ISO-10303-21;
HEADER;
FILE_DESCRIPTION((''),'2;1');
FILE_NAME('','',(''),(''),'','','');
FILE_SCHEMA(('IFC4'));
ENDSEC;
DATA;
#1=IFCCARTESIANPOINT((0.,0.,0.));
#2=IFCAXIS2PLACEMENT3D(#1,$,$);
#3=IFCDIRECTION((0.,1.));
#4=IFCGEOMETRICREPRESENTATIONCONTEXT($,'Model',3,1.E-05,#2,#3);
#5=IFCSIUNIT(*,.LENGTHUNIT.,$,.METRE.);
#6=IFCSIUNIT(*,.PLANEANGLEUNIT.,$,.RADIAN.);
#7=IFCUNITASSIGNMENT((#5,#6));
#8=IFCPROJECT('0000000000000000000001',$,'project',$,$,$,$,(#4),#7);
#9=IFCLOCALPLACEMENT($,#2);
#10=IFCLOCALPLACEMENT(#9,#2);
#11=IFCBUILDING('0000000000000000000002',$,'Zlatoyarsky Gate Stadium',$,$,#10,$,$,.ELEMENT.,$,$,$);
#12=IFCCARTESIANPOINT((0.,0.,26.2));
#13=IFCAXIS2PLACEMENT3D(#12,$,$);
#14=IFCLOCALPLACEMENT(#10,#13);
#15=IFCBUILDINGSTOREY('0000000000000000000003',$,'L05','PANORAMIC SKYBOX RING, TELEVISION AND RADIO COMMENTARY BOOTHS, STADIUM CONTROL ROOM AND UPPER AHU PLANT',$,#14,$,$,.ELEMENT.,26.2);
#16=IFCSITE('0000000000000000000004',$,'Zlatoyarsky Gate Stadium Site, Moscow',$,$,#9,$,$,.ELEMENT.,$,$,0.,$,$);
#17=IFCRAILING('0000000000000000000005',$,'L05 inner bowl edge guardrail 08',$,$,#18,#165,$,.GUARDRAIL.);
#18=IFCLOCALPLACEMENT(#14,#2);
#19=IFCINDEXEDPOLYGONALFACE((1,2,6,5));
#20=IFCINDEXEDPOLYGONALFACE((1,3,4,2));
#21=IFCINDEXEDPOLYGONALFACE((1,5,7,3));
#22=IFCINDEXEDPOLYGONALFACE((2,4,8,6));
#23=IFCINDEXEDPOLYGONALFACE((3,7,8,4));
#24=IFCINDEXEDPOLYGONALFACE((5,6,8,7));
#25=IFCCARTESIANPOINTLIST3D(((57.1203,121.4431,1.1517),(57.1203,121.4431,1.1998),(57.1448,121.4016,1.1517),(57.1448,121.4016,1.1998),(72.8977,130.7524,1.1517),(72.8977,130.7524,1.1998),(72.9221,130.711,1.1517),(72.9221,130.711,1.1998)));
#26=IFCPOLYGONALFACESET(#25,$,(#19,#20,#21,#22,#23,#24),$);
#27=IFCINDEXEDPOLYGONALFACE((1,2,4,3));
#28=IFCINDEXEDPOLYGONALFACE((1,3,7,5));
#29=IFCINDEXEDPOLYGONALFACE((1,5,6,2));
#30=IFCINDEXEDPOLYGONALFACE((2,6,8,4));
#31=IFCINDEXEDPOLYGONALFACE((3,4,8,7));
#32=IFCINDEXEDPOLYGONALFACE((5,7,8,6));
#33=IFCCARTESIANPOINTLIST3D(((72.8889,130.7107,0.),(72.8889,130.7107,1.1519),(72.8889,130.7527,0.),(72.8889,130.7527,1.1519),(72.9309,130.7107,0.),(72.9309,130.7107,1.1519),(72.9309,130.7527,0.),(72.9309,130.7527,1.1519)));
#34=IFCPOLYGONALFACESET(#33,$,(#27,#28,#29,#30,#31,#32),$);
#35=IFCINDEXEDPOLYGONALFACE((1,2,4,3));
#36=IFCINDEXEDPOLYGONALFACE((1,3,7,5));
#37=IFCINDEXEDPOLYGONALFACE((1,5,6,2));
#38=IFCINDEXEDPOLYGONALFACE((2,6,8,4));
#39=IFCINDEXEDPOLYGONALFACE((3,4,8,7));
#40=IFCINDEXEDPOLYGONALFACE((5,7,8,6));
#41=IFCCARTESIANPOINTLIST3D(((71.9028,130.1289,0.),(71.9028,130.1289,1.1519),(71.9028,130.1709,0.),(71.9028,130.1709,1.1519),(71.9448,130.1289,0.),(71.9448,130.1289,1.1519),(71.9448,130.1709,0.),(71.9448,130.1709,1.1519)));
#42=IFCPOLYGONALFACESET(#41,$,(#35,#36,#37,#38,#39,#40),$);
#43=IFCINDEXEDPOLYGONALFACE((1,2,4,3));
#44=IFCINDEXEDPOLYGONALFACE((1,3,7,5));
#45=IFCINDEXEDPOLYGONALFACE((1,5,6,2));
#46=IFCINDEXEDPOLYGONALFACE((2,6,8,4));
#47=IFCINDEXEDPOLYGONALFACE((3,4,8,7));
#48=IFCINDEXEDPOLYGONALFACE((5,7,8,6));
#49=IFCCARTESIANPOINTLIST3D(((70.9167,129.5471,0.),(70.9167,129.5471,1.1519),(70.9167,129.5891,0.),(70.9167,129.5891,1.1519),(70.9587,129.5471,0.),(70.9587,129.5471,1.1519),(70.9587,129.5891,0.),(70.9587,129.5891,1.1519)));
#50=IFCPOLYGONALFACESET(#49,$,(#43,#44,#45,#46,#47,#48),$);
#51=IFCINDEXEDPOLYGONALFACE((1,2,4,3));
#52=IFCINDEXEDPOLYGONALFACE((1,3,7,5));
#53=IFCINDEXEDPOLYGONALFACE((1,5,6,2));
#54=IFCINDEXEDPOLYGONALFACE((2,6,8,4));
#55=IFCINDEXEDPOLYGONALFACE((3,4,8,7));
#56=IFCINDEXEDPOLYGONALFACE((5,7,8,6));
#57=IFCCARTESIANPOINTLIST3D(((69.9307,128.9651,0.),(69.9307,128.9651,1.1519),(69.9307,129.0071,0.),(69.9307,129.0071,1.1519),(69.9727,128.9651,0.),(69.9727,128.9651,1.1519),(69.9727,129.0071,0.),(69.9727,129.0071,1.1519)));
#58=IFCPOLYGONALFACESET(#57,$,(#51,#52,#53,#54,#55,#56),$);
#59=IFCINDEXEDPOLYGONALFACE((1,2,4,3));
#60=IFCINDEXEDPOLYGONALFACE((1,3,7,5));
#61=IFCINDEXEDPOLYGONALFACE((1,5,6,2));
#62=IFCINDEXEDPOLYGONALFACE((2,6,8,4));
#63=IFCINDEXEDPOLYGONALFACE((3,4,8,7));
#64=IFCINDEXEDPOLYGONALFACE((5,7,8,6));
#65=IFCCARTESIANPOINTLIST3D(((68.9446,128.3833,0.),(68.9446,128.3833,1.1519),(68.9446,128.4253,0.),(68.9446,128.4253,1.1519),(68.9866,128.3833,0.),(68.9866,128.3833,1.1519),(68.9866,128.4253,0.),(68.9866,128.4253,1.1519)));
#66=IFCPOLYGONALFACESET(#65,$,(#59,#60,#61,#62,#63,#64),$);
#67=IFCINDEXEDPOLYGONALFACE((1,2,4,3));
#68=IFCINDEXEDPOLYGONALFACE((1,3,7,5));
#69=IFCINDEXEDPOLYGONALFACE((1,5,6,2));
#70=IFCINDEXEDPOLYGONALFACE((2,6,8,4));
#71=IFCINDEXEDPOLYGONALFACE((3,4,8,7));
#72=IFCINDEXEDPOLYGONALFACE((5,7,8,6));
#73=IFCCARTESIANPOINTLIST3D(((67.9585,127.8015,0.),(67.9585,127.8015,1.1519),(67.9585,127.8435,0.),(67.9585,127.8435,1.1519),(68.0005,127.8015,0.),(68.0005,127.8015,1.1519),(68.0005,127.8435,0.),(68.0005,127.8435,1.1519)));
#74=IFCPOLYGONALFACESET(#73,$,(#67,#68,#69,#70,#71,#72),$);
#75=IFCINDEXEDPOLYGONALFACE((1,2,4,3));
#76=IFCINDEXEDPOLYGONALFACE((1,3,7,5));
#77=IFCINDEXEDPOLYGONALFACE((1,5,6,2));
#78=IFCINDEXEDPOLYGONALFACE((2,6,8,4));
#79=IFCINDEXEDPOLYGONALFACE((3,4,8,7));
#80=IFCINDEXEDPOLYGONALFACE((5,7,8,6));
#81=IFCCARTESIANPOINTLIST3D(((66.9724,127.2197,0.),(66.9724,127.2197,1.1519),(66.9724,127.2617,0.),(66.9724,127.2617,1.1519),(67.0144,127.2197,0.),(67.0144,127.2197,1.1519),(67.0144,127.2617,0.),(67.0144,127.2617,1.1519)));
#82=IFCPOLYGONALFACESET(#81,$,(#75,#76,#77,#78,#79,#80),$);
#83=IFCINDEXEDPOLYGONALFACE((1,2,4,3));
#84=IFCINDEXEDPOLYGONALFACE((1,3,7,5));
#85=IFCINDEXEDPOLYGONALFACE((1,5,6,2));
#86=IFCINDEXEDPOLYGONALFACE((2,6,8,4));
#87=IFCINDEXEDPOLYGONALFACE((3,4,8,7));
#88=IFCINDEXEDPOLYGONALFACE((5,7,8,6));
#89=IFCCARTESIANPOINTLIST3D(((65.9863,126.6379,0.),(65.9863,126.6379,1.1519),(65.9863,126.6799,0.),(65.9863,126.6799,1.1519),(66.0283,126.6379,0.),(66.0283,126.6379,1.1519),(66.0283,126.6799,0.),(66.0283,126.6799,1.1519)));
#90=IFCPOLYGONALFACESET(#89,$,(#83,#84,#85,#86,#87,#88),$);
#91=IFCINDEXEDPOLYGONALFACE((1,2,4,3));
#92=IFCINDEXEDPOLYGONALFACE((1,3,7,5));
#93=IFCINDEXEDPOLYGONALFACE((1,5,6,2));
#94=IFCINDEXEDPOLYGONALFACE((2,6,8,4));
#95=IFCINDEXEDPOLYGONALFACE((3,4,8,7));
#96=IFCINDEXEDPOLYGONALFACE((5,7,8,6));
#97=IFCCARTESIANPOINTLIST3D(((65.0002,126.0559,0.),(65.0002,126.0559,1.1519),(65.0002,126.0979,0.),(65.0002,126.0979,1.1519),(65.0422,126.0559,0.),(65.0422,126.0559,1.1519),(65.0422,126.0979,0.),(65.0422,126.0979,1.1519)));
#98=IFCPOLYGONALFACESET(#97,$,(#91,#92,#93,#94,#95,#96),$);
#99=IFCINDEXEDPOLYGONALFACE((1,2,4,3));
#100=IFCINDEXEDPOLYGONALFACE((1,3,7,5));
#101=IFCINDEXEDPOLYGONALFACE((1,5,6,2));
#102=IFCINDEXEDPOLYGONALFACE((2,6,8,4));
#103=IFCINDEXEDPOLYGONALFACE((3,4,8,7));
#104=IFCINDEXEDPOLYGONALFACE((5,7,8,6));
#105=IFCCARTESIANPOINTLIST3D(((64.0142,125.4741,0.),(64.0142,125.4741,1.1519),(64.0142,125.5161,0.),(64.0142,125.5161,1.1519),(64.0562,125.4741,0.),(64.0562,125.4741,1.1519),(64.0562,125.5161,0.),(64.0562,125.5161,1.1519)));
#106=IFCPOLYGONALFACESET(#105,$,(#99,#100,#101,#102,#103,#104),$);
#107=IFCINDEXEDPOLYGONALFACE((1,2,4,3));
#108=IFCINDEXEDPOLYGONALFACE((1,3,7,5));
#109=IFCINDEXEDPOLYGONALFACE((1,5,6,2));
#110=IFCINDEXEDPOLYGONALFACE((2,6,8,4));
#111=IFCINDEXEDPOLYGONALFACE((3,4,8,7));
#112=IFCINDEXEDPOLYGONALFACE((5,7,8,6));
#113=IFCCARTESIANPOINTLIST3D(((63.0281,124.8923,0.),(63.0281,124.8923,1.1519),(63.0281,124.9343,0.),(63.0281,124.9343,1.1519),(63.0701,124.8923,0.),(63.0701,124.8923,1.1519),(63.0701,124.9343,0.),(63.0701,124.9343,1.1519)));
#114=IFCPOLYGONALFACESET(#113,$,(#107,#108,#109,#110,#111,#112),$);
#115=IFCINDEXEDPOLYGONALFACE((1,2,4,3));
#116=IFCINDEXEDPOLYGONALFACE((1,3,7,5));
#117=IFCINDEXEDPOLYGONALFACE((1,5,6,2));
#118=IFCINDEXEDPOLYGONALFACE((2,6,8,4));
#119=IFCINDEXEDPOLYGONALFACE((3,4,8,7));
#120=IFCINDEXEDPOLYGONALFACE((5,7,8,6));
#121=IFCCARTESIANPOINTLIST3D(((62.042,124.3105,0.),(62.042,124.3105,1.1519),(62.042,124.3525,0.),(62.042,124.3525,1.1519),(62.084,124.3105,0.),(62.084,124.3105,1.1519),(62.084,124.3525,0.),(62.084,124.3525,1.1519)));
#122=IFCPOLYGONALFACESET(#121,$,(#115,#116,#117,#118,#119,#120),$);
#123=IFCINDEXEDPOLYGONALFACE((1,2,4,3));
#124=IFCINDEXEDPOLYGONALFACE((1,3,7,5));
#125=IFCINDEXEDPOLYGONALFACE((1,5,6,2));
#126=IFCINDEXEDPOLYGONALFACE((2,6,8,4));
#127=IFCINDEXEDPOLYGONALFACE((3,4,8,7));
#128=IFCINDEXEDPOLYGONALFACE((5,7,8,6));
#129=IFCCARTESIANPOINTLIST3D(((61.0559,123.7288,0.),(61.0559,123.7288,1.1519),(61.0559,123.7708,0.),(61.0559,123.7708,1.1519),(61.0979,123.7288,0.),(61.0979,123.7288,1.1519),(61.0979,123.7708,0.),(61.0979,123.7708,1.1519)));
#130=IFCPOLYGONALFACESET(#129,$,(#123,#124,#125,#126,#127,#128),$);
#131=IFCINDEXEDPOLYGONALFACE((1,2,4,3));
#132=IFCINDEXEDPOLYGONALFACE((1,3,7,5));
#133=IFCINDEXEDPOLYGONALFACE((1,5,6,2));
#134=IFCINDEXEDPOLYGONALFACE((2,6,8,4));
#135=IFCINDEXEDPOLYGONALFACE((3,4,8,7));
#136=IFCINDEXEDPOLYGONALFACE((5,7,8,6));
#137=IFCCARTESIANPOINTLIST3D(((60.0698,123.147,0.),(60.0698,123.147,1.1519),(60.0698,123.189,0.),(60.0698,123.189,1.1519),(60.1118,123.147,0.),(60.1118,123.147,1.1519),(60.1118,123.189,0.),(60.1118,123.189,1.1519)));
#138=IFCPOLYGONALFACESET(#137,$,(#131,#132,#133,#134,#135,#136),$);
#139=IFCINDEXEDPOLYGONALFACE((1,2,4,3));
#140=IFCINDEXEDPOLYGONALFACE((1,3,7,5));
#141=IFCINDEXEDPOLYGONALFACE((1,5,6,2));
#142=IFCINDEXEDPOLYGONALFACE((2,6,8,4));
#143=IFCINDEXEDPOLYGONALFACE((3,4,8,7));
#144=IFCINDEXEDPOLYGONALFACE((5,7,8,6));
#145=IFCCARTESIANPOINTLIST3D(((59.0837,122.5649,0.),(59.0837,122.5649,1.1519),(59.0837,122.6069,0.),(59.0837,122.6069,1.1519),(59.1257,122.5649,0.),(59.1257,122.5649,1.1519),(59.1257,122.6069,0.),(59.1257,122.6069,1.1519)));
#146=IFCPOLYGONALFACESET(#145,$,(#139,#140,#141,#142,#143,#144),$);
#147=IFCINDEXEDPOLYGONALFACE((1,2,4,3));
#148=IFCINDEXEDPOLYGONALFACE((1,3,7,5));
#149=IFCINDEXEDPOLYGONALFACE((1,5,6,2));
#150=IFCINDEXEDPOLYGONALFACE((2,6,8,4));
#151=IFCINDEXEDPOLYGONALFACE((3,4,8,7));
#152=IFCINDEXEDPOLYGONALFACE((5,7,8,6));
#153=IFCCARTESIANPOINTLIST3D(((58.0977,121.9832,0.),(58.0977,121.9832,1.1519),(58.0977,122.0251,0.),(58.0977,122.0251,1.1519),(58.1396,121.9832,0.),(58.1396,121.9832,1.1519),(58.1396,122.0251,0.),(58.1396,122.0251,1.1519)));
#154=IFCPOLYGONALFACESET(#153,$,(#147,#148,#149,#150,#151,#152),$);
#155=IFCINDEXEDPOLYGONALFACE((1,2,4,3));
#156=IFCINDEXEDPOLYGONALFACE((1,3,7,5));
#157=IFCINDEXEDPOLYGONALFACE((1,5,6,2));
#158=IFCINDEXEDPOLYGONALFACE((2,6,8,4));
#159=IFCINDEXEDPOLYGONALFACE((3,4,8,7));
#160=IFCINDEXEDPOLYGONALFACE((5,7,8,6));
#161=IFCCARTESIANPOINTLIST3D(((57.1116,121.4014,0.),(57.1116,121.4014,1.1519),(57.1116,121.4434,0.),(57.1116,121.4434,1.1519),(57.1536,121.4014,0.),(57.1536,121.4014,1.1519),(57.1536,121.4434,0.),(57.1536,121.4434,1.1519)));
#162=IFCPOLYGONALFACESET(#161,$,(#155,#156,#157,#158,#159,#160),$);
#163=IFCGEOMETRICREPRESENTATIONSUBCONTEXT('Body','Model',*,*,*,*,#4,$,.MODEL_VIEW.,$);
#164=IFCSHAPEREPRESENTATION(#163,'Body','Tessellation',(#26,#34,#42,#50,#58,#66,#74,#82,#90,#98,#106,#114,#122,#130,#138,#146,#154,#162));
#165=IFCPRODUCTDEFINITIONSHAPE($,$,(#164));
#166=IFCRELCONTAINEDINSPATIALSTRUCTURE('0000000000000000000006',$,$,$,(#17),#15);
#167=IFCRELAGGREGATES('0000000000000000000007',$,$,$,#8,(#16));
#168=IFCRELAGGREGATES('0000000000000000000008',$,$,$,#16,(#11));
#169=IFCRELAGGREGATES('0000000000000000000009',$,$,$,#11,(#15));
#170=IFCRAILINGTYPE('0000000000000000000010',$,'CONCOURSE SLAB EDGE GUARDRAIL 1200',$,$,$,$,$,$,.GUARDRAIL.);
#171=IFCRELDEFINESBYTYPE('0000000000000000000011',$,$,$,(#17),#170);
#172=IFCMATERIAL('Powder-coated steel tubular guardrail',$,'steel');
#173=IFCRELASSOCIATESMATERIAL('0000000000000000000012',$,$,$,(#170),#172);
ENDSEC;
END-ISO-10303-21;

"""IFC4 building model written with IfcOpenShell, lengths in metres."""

from ifc_helpers import new_model, si_unit, direction, frame, origin, origin_2d, place, context, subcontext, project, spatial, rectangle, extrude, material, type_object, element, save


model = new_model("IFC4")

# Units and contexts
model_context = context("Model", 3, precision=1e-05, world=origin(), true_north=direction((0.0, 1.0)))
body_context = subcontext(model_context, "Body", "Model", "MODEL_VIEW")
ifc_project = project(units=[si_unit("LENGTHUNIT", "METRE"), si_unit("PLANEANGLEUNIT", "RADIAN")], contexts=[model_context])

# Site, building, storey
site_placement = place(None, origin())
site = spatial("IfcSite", under=ifc_project, at=site_placement, Name="Zlatoyarsky Gate Stadium Site, Moscow", CompositionType="ELEMENT", RefElevation=0.0)
building_placement = place(site_placement, origin())
building = spatial("IfcBuilding", under=site, at=building_placement, Name="Zlatoyarsky Gate Stadium", CompositionType="ELEMENT")
storey_placement = place(building_placement, frame((0.0, 0.0, 26.2)))
storey = spatial("IfcBuildingStorey", under=building, at=storey_placement, Name="L05", Description="PANORAMIC SKYBOX RING, TELEVISION AND RADIO COMMENTARY BOOTHS, STADIUM CONTROL ROOM AND UPPER AHU PLANT", CompositionType="ELEMENT", Elevation=26.2)

# Railing
ifc_material_1 = material(Name="Powder-coated steel tubular guardrail", Category="steel")
railing_type = type_object("IfcRailingType", Name="CONCOURSE SLAB EDGE GUARDRAIL 1200", PredefinedType="GUARDRAIL", material=ifc_material_1)
railing_placement = place(storey_placement, frame((72.9099, 130.7317, 0.0)))
element("IfcRailing", 1, at=railing_placement, inside=storey, type_object=railing_type, Name="L05 inner bowl edge guardrail 08", PredefinedType="GUARDRAIL", context=body_context, shape_type="SweptSolid", body=[
    extrude(rectangle(XDim=0.0481, YDim=0.0481, at=origin_2d()), frame((0.0, 0.0, 1.1758), z_axis=(-0.861253, -0.508177, 0.0), x_axis=(0.508177, -0.861253, 0.0)), (0.0, 0.0, 1.0), 18.3191),
    extrude(rectangle(XDim=0.042, YDim=0.042, at=origin_2d()), origin(), (0.0, 0.0, 1.0), 1.1519),
    extrude(rectangle(XDim=0.042, YDim=0.042, at=origin_2d()), frame((-0.9861, -0.5818, 0.0)), (0.0, 0.0, 1.0), 1.1519),
    extrude(rectangle(XDim=0.042, YDim=0.042, at=origin_2d()), frame((-1.9722, -1.1636, 0.0)), (0.0, 0.0, 1.0), 1.1519),
    extrude(rectangle(XDim=0.042, YDim=0.042, at=origin_2d()), frame((-2.9583, -1.7456, 0.0)), (0.0, 0.0, 1.0), 1.1519),
    extrude(rectangle(XDim=0.042, YDim=0.042, at=origin_2d()), frame((-3.9443, -2.3274, 0.0)), (0.0, 0.0, 1.0), 1.1519),
    extrude(rectangle(XDim=0.042, YDim=0.042, at=origin_2d()), frame((-4.9304, -2.9092, 0.0)), (0.0, 0.0, 1.0), 1.1519),
    extrude(rectangle(XDim=0.042, YDim=0.042, at=origin_2d()), frame((-5.9165, -3.491, 0.0)), (0.0, 0.0, 1.0), 1.1519),
    extrude(rectangle(XDim=0.042, YDim=0.042, at=origin_2d()), frame((-6.9026, -4.0728, 0.0)), (0.0, 0.0, 1.0), 1.1519),
    extrude(rectangle(XDim=0.042, YDim=0.042, at=origin_2d()), frame((-7.8887, -4.6548, 0.0)), (0.0, 0.0, 1.0), 1.1519),
    extrude(rectangle(XDim=0.042, YDim=0.042, at=origin_2d()), frame((-8.8748, -5.2366, 0.0)), (0.0, 0.0, 1.0), 1.1519),
    extrude(rectangle(XDim=0.042, YDim=0.042, at=origin_2d()), frame((-9.8608, -5.8184, 0.0)), (0.0, 0.0, 1.0), 1.1519),
    extrude(rectangle(XDim=0.042, YDim=0.042, at=origin_2d()), frame((-10.8469, -6.4001, 0.0)), (0.0, 0.0, 1.0), 1.1519),
    extrude(rectangle(XDim=0.042, YDim=0.042, at=origin_2d()), frame((-11.833, -6.9819, 0.0)), (0.0, 0.0, 1.0), 1.1519),
    extrude(rectangle(XDim=0.042, YDim=0.042, at=origin_2d()), frame((-12.8191, -7.5637, 0.0)), (0.0, 0.0, 1.0), 1.1519),
    extrude(rectangle(XDim=0.042, YDim=0.042, at=origin_2d()), frame((-13.8052, -8.1458, 0.0)), (0.0, 0.0, 1.0), 1.1519),
    extrude(rectangle(XDim=0.042, YDim=0.042, at=origin_2d()), frame((-14.7913, -8.7275, 0.0)), (0.0, 0.0, 1.0), 1.1519),
    extrude(rectangle(XDim=0.042, YDim=0.042, at=origin_2d()), frame((-15.7773, -9.3093, 0.0)), (0.0, 0.0, 1.0), 1.1519),
])

save(model, "model.ifc")
